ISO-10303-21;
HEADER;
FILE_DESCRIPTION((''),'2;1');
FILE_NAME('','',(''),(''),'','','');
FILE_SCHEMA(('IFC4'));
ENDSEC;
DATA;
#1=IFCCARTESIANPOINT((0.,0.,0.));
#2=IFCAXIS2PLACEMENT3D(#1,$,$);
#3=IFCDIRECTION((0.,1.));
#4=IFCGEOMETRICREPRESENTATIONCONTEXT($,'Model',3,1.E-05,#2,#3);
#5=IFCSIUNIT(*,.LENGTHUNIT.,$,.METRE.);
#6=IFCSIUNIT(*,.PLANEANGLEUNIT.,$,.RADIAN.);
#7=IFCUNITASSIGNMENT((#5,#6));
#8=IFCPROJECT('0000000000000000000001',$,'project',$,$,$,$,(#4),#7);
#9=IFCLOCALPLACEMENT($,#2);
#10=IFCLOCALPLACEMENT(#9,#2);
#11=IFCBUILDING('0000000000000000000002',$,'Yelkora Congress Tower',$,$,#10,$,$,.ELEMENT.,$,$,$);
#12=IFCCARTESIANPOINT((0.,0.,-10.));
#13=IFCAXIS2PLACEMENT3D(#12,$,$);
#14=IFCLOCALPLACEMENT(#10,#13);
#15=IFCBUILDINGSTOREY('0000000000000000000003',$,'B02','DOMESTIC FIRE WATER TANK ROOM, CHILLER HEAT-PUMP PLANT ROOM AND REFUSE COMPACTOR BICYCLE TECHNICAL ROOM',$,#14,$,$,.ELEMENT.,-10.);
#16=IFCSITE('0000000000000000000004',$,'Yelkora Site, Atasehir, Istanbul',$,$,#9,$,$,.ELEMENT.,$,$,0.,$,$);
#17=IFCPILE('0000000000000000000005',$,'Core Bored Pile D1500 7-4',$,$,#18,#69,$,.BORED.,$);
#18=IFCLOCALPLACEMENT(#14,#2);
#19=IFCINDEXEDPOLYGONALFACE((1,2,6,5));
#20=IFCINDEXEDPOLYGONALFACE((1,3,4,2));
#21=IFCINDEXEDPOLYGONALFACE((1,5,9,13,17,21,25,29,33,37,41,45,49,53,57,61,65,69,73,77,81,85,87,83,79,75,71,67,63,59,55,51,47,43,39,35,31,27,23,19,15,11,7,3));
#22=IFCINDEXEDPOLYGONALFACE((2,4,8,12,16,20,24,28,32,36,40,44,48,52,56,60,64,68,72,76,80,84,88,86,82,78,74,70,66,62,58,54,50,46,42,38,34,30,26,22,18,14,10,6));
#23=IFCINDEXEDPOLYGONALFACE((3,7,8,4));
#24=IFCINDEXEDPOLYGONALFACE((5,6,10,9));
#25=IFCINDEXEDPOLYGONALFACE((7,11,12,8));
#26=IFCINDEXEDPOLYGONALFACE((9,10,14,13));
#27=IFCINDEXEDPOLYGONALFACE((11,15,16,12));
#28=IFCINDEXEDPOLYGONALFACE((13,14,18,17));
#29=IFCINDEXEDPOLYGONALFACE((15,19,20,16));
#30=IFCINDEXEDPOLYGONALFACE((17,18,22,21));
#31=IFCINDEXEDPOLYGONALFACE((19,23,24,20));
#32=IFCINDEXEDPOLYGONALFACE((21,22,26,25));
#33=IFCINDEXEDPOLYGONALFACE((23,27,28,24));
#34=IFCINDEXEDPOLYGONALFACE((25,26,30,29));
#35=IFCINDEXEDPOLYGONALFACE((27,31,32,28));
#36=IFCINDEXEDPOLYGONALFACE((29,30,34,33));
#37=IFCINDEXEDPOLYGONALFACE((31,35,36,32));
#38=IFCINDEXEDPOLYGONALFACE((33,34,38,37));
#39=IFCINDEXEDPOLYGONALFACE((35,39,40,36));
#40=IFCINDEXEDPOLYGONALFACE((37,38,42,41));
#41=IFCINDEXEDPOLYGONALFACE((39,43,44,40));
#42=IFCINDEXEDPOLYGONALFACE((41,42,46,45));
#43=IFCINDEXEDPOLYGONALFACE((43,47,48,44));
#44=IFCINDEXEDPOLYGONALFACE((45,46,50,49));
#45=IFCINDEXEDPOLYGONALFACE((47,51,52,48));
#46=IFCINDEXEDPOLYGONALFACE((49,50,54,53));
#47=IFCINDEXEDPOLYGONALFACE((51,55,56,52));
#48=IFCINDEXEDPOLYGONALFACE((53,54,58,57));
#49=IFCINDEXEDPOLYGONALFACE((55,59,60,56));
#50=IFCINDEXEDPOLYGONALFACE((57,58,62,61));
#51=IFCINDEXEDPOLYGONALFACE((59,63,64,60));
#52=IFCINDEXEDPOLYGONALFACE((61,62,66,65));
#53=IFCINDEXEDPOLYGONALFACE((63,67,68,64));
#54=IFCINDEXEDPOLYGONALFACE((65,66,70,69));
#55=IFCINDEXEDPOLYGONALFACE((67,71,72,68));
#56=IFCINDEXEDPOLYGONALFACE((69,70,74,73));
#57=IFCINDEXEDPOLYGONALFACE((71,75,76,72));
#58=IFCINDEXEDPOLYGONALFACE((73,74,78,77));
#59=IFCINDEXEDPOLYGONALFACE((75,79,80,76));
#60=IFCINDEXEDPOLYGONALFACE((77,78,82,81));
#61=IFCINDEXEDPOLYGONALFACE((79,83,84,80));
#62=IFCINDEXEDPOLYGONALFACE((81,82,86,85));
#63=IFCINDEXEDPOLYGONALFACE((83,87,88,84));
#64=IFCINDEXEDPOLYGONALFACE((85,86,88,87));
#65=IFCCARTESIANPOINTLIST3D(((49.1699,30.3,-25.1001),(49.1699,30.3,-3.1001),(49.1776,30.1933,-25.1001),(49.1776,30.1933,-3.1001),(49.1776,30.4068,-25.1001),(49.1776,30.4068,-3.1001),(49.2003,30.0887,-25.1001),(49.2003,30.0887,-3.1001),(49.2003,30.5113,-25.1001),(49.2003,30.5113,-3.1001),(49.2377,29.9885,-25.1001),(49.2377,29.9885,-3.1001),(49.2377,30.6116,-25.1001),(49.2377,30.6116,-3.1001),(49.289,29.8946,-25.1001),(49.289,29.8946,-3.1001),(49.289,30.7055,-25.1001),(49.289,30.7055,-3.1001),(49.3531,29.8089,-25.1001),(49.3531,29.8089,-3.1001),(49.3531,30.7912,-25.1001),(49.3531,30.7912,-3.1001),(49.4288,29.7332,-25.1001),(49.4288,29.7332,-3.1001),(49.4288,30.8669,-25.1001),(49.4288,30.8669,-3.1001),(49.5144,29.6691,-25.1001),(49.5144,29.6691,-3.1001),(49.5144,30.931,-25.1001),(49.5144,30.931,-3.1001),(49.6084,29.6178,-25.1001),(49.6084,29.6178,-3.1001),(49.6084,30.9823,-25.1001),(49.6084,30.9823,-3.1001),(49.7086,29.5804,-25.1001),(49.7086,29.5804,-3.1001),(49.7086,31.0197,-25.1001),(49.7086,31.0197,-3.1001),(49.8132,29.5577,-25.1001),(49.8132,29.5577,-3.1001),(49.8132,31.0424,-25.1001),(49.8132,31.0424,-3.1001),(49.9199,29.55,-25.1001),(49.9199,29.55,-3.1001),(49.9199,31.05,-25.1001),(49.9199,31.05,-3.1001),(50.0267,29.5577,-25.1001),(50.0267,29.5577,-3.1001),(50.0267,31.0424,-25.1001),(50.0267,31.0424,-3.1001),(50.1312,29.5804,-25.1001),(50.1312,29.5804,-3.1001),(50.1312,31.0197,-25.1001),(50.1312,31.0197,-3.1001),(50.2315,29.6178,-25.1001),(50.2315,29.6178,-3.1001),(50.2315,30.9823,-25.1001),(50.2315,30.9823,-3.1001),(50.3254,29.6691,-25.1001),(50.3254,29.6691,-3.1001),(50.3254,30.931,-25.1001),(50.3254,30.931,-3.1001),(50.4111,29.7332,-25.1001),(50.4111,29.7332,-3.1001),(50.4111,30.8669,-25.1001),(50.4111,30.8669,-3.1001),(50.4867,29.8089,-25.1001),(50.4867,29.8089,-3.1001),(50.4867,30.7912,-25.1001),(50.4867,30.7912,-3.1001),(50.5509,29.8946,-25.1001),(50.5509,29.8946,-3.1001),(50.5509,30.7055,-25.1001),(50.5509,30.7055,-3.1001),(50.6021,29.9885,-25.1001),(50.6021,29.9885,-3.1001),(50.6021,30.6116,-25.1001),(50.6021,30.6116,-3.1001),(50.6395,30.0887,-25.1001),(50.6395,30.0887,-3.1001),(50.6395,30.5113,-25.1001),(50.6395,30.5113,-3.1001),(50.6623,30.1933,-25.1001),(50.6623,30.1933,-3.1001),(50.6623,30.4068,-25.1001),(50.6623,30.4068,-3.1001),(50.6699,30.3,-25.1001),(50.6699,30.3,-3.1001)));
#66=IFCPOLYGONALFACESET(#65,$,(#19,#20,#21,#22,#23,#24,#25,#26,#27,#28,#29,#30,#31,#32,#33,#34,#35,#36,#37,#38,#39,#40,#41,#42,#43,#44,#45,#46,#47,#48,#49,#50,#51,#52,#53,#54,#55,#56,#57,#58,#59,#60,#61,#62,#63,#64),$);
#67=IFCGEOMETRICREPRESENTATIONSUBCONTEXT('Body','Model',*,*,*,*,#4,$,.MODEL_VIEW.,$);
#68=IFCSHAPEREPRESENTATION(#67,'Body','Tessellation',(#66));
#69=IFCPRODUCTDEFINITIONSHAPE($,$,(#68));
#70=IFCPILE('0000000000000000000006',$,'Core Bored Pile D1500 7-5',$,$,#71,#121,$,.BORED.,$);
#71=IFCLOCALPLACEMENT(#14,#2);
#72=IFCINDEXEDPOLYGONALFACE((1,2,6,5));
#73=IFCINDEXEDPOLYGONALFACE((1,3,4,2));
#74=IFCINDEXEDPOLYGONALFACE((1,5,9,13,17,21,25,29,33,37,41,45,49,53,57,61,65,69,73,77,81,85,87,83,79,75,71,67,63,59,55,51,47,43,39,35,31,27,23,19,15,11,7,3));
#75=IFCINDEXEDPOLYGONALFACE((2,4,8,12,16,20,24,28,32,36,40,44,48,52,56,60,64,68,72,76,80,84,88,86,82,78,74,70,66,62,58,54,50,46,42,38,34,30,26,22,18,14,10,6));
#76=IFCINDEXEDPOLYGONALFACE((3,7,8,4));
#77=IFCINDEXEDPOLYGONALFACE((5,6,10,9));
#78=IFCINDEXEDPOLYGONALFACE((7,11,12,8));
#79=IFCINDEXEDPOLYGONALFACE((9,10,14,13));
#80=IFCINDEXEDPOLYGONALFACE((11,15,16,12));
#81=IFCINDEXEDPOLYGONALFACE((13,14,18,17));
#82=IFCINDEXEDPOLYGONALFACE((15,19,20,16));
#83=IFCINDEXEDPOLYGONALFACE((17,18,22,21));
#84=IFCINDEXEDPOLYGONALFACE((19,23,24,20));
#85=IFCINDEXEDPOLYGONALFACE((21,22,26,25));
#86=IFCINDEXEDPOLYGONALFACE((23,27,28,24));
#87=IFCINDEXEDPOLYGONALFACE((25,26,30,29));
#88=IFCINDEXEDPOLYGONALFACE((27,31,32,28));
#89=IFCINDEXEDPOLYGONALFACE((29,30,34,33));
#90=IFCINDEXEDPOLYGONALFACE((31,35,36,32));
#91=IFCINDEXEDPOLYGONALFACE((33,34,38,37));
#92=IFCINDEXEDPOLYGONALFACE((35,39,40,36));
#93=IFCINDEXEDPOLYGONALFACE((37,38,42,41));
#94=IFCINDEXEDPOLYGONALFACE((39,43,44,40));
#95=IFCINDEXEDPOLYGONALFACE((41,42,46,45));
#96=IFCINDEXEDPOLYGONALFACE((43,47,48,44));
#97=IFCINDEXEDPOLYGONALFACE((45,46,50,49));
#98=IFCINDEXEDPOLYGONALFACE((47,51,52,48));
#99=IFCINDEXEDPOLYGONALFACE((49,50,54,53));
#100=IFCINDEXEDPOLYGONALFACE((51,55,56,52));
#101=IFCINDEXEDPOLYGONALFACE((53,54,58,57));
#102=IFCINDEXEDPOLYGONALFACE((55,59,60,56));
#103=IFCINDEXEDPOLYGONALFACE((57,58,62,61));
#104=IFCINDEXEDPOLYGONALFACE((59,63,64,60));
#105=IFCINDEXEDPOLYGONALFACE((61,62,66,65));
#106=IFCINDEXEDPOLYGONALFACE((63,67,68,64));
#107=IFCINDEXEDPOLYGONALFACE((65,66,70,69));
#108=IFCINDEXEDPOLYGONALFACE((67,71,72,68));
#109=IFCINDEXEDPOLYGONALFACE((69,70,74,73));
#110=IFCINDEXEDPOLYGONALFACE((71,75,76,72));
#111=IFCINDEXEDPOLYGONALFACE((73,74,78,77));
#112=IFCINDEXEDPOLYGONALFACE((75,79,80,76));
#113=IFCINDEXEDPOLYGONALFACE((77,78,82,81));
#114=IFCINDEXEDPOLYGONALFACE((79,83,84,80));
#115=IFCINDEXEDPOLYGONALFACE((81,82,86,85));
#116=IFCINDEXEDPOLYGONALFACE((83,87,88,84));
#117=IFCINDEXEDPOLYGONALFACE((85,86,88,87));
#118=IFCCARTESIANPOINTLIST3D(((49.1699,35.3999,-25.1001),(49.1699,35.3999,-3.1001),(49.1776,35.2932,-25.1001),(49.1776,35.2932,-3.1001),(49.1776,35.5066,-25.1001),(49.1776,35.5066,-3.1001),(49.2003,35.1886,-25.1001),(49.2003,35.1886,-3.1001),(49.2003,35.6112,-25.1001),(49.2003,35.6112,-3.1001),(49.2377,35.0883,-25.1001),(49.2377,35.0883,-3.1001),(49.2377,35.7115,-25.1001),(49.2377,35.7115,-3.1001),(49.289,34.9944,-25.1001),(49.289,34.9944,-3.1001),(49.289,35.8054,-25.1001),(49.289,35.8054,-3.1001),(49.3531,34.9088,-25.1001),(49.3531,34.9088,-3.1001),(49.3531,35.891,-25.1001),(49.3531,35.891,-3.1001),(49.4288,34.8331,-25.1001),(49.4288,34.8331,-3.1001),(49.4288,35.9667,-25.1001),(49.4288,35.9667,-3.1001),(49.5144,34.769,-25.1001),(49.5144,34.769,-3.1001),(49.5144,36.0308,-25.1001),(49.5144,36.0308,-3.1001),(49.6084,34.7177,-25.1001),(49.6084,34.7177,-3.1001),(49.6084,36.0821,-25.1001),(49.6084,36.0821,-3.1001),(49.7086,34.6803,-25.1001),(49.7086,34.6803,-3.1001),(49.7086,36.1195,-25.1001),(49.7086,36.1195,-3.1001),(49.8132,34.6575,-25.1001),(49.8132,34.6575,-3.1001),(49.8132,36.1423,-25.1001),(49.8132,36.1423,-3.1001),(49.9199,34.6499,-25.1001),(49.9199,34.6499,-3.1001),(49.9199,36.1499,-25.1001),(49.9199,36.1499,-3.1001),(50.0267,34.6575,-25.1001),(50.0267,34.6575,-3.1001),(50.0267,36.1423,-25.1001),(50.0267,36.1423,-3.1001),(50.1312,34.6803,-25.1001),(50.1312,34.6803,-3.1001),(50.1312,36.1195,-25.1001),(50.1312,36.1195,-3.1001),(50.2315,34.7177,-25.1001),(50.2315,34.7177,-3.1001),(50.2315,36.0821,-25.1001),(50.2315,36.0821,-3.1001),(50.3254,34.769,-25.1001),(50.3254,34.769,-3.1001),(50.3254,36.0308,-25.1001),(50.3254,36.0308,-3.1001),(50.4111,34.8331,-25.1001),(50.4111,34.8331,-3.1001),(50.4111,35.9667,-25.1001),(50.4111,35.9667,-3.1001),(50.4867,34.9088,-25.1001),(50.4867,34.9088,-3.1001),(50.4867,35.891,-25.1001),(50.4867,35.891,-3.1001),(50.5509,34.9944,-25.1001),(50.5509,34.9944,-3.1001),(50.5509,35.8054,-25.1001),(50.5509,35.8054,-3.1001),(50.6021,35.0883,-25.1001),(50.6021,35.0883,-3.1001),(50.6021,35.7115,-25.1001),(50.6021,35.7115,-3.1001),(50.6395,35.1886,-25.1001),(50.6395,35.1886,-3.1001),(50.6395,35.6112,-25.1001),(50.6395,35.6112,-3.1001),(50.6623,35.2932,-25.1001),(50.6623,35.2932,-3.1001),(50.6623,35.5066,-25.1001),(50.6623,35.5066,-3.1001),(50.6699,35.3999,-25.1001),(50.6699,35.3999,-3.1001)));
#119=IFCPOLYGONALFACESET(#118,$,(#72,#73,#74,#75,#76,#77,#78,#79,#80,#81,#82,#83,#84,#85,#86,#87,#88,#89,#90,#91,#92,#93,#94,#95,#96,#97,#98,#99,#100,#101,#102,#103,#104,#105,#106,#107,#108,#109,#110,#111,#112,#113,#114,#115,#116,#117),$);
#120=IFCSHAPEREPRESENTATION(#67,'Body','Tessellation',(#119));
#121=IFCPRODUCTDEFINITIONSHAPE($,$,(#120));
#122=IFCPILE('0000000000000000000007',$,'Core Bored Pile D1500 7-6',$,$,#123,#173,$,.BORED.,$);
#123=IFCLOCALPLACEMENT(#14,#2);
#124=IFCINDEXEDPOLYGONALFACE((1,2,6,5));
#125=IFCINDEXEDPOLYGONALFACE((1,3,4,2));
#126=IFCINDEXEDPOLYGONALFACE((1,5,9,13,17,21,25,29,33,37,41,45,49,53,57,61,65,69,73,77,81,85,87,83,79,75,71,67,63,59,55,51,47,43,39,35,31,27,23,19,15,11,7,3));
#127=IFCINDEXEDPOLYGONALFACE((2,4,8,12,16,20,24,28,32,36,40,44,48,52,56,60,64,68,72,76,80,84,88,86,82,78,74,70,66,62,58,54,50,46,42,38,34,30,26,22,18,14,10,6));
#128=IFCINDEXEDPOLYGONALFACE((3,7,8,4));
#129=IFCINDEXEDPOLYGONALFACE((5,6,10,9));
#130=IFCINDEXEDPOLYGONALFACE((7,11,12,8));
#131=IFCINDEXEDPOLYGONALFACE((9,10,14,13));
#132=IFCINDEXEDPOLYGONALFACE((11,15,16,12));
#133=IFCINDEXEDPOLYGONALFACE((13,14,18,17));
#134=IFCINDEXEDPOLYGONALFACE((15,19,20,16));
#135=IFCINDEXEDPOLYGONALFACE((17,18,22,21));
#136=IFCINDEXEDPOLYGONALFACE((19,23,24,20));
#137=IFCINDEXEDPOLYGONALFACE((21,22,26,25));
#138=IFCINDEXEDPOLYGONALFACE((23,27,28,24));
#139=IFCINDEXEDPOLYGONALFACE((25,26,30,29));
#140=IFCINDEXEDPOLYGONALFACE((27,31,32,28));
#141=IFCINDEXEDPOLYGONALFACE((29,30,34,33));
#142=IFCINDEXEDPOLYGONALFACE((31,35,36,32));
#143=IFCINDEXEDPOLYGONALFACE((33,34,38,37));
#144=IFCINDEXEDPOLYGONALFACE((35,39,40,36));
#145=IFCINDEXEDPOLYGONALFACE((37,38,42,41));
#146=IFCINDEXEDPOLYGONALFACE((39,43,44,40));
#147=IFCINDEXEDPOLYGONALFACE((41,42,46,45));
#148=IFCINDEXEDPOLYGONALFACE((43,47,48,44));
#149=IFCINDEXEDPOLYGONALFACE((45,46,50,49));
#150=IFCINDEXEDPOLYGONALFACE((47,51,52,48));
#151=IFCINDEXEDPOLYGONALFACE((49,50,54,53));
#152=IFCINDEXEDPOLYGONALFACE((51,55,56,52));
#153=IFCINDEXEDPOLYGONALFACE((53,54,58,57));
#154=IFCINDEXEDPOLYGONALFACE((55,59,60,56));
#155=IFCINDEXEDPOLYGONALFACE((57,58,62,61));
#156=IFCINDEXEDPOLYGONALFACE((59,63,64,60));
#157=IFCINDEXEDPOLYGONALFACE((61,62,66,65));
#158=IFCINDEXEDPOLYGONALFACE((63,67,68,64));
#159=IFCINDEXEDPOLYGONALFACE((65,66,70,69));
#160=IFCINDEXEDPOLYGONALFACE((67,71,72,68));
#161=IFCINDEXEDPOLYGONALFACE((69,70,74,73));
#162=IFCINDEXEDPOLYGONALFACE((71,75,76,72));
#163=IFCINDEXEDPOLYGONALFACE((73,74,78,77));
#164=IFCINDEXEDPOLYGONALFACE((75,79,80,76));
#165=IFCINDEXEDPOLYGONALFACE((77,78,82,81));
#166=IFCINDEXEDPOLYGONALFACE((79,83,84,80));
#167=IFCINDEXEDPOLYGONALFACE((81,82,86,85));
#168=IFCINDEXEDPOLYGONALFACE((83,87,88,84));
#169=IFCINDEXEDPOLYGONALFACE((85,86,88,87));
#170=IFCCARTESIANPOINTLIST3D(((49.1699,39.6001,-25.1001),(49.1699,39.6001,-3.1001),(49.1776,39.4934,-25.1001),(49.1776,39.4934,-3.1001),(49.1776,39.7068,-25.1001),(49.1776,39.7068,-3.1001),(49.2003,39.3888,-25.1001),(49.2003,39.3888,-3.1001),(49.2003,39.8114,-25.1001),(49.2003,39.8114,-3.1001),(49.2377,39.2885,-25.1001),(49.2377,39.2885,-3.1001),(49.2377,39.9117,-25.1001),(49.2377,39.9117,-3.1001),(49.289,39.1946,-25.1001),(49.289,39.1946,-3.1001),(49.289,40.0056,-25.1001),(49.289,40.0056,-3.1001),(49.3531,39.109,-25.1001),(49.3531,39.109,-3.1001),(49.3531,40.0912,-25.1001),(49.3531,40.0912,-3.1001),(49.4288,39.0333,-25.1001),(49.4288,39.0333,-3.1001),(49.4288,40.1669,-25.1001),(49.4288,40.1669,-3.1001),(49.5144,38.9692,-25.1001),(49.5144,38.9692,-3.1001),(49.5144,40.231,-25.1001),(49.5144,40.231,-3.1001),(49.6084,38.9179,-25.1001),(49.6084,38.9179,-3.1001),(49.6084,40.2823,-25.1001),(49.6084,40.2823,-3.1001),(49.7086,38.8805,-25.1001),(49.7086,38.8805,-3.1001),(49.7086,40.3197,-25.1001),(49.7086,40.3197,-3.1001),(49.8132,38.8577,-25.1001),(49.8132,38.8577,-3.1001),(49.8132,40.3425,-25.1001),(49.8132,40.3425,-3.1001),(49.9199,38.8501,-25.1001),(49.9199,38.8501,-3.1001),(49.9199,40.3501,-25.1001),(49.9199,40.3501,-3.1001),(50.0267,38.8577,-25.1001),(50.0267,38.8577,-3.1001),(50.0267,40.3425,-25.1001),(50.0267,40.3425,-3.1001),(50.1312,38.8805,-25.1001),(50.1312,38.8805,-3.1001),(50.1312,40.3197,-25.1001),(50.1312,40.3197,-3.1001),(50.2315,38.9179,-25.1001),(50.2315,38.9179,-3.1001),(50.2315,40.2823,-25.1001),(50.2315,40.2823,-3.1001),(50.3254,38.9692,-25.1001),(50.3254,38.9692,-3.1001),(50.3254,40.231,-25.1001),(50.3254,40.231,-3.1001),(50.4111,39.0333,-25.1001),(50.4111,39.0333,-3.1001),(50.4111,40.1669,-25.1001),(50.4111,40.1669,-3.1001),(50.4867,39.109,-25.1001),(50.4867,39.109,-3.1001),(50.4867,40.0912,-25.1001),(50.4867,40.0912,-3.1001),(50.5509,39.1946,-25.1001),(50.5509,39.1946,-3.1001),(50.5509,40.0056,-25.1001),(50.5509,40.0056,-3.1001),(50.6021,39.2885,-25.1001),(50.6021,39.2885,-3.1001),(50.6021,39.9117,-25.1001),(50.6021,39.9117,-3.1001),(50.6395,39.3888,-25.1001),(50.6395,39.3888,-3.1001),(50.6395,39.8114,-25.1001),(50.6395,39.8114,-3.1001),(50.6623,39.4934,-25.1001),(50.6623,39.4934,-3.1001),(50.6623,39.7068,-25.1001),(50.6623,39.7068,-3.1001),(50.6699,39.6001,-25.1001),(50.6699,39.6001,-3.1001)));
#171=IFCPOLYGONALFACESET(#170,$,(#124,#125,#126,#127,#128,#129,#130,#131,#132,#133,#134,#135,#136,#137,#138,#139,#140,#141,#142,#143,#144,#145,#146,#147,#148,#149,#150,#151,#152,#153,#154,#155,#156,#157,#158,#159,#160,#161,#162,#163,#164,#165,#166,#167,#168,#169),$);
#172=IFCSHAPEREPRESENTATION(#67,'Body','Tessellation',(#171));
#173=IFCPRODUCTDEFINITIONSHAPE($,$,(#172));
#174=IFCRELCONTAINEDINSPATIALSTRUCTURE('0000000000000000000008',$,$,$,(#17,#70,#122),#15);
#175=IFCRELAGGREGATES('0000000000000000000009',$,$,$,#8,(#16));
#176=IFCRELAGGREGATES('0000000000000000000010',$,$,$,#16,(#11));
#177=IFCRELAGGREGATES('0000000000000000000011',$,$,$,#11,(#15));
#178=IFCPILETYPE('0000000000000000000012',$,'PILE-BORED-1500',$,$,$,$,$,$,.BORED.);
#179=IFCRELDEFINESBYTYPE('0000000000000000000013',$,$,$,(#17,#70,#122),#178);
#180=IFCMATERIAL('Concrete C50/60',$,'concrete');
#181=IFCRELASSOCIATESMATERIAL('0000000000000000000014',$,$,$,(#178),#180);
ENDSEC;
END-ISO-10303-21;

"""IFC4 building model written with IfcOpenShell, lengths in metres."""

from ifc_helpers import new_model, si_unit, direction, frame, origin, origin_2d, place, context, subcontext, project, spatial, circle, extrude, material, material_profile, profile_set, type_object, element, save


model = new_model("IFC4")

# Units and contexts
model_context = context("Model", 3, precision=1e-05, world=origin(), true_north=direction((0.0, 1.0)))
body_context = subcontext(model_context, "Body", "Model", "MODEL_VIEW")
ifc_project = project(units=[si_unit("LENGTHUNIT", "METRE"), si_unit("PLANEANGLEUNIT", "RADIAN")], contexts=[model_context])

# Site, building, storey
site_placement = place(None, origin())
site = spatial("IfcSite", under=ifc_project, at=site_placement, Name="Yelkora Site, Atasehir, Istanbul", CompositionType="ELEMENT", RefElevation=0.0)
building_placement = place(site_placement, origin())
building = spatial("IfcBuilding", under=site, at=building_placement, Name="Yelkora Congress Tower", CompositionType="ELEMENT")
storey_placement = place(building_placement, frame((0.0, 0.0, -10.0)))
storey = spatial("IfcBuildingStorey", under=building, at=storey_placement, Name="B02", Description="DOMESTIC FIRE WATER TANK ROOM, CHILLER HEAT-PUMP PLANT ROOM AND REFUSE COMPACTOR BICYCLE TECHNICAL ROOM", CompositionType="ELEMENT", Elevation=-10.0)

# Piles
ifc_material_1 = material(Name="Concrete C50/60", Category="concrete")
ifc_material_profile_1 = material_profile(ifc_material_1, circle(Radius=0.75, at=origin_2d()), Name="PILE D1500")
ifc_profile_set_1 = profile_set([ifc_material_profile_1], Name="Concrete C50/60")
pile_type = type_object("IfcPileType", Name="PILE-BORED-1500", PredefinedType="BORED", material=ifc_profile_set_1)
for number, where, z_axis, x_axis, name in (
    (1, (49.9199, 30.3, -3.1001), (0.0, 0.0, -1.0), (1.0, 0.0, 0.0), "Core Bored Pile D1500 7-4"),
    (2, (49.9199, 35.3999, -3.1001), (0.0, 0.0, -1.0), (1.0, 0.0, 0.0), "Core Bored Pile D1500 7-5"),
    (3, (49.9199, 39.6001, -3.1001), (0.0, 0.0, -1.0), (1.0, 0.0, 0.0), "Core Bored Pile D1500 7-6"),
):
    element("IfcPile", number, at=place(storey_placement, frame(where, z_axis=z_axis, x_axis=x_axis)), inside=storey, type_object=pile_type, Name=name, PredefinedType="BORED", context=body_context, shape_type="SweptSolid", body=[
        extrude(circle(Radius=0.75, at=origin_2d()), origin(), (0.0, 0.0, 1.0), 22.0),
    ])

save(model, "model.ifc")
